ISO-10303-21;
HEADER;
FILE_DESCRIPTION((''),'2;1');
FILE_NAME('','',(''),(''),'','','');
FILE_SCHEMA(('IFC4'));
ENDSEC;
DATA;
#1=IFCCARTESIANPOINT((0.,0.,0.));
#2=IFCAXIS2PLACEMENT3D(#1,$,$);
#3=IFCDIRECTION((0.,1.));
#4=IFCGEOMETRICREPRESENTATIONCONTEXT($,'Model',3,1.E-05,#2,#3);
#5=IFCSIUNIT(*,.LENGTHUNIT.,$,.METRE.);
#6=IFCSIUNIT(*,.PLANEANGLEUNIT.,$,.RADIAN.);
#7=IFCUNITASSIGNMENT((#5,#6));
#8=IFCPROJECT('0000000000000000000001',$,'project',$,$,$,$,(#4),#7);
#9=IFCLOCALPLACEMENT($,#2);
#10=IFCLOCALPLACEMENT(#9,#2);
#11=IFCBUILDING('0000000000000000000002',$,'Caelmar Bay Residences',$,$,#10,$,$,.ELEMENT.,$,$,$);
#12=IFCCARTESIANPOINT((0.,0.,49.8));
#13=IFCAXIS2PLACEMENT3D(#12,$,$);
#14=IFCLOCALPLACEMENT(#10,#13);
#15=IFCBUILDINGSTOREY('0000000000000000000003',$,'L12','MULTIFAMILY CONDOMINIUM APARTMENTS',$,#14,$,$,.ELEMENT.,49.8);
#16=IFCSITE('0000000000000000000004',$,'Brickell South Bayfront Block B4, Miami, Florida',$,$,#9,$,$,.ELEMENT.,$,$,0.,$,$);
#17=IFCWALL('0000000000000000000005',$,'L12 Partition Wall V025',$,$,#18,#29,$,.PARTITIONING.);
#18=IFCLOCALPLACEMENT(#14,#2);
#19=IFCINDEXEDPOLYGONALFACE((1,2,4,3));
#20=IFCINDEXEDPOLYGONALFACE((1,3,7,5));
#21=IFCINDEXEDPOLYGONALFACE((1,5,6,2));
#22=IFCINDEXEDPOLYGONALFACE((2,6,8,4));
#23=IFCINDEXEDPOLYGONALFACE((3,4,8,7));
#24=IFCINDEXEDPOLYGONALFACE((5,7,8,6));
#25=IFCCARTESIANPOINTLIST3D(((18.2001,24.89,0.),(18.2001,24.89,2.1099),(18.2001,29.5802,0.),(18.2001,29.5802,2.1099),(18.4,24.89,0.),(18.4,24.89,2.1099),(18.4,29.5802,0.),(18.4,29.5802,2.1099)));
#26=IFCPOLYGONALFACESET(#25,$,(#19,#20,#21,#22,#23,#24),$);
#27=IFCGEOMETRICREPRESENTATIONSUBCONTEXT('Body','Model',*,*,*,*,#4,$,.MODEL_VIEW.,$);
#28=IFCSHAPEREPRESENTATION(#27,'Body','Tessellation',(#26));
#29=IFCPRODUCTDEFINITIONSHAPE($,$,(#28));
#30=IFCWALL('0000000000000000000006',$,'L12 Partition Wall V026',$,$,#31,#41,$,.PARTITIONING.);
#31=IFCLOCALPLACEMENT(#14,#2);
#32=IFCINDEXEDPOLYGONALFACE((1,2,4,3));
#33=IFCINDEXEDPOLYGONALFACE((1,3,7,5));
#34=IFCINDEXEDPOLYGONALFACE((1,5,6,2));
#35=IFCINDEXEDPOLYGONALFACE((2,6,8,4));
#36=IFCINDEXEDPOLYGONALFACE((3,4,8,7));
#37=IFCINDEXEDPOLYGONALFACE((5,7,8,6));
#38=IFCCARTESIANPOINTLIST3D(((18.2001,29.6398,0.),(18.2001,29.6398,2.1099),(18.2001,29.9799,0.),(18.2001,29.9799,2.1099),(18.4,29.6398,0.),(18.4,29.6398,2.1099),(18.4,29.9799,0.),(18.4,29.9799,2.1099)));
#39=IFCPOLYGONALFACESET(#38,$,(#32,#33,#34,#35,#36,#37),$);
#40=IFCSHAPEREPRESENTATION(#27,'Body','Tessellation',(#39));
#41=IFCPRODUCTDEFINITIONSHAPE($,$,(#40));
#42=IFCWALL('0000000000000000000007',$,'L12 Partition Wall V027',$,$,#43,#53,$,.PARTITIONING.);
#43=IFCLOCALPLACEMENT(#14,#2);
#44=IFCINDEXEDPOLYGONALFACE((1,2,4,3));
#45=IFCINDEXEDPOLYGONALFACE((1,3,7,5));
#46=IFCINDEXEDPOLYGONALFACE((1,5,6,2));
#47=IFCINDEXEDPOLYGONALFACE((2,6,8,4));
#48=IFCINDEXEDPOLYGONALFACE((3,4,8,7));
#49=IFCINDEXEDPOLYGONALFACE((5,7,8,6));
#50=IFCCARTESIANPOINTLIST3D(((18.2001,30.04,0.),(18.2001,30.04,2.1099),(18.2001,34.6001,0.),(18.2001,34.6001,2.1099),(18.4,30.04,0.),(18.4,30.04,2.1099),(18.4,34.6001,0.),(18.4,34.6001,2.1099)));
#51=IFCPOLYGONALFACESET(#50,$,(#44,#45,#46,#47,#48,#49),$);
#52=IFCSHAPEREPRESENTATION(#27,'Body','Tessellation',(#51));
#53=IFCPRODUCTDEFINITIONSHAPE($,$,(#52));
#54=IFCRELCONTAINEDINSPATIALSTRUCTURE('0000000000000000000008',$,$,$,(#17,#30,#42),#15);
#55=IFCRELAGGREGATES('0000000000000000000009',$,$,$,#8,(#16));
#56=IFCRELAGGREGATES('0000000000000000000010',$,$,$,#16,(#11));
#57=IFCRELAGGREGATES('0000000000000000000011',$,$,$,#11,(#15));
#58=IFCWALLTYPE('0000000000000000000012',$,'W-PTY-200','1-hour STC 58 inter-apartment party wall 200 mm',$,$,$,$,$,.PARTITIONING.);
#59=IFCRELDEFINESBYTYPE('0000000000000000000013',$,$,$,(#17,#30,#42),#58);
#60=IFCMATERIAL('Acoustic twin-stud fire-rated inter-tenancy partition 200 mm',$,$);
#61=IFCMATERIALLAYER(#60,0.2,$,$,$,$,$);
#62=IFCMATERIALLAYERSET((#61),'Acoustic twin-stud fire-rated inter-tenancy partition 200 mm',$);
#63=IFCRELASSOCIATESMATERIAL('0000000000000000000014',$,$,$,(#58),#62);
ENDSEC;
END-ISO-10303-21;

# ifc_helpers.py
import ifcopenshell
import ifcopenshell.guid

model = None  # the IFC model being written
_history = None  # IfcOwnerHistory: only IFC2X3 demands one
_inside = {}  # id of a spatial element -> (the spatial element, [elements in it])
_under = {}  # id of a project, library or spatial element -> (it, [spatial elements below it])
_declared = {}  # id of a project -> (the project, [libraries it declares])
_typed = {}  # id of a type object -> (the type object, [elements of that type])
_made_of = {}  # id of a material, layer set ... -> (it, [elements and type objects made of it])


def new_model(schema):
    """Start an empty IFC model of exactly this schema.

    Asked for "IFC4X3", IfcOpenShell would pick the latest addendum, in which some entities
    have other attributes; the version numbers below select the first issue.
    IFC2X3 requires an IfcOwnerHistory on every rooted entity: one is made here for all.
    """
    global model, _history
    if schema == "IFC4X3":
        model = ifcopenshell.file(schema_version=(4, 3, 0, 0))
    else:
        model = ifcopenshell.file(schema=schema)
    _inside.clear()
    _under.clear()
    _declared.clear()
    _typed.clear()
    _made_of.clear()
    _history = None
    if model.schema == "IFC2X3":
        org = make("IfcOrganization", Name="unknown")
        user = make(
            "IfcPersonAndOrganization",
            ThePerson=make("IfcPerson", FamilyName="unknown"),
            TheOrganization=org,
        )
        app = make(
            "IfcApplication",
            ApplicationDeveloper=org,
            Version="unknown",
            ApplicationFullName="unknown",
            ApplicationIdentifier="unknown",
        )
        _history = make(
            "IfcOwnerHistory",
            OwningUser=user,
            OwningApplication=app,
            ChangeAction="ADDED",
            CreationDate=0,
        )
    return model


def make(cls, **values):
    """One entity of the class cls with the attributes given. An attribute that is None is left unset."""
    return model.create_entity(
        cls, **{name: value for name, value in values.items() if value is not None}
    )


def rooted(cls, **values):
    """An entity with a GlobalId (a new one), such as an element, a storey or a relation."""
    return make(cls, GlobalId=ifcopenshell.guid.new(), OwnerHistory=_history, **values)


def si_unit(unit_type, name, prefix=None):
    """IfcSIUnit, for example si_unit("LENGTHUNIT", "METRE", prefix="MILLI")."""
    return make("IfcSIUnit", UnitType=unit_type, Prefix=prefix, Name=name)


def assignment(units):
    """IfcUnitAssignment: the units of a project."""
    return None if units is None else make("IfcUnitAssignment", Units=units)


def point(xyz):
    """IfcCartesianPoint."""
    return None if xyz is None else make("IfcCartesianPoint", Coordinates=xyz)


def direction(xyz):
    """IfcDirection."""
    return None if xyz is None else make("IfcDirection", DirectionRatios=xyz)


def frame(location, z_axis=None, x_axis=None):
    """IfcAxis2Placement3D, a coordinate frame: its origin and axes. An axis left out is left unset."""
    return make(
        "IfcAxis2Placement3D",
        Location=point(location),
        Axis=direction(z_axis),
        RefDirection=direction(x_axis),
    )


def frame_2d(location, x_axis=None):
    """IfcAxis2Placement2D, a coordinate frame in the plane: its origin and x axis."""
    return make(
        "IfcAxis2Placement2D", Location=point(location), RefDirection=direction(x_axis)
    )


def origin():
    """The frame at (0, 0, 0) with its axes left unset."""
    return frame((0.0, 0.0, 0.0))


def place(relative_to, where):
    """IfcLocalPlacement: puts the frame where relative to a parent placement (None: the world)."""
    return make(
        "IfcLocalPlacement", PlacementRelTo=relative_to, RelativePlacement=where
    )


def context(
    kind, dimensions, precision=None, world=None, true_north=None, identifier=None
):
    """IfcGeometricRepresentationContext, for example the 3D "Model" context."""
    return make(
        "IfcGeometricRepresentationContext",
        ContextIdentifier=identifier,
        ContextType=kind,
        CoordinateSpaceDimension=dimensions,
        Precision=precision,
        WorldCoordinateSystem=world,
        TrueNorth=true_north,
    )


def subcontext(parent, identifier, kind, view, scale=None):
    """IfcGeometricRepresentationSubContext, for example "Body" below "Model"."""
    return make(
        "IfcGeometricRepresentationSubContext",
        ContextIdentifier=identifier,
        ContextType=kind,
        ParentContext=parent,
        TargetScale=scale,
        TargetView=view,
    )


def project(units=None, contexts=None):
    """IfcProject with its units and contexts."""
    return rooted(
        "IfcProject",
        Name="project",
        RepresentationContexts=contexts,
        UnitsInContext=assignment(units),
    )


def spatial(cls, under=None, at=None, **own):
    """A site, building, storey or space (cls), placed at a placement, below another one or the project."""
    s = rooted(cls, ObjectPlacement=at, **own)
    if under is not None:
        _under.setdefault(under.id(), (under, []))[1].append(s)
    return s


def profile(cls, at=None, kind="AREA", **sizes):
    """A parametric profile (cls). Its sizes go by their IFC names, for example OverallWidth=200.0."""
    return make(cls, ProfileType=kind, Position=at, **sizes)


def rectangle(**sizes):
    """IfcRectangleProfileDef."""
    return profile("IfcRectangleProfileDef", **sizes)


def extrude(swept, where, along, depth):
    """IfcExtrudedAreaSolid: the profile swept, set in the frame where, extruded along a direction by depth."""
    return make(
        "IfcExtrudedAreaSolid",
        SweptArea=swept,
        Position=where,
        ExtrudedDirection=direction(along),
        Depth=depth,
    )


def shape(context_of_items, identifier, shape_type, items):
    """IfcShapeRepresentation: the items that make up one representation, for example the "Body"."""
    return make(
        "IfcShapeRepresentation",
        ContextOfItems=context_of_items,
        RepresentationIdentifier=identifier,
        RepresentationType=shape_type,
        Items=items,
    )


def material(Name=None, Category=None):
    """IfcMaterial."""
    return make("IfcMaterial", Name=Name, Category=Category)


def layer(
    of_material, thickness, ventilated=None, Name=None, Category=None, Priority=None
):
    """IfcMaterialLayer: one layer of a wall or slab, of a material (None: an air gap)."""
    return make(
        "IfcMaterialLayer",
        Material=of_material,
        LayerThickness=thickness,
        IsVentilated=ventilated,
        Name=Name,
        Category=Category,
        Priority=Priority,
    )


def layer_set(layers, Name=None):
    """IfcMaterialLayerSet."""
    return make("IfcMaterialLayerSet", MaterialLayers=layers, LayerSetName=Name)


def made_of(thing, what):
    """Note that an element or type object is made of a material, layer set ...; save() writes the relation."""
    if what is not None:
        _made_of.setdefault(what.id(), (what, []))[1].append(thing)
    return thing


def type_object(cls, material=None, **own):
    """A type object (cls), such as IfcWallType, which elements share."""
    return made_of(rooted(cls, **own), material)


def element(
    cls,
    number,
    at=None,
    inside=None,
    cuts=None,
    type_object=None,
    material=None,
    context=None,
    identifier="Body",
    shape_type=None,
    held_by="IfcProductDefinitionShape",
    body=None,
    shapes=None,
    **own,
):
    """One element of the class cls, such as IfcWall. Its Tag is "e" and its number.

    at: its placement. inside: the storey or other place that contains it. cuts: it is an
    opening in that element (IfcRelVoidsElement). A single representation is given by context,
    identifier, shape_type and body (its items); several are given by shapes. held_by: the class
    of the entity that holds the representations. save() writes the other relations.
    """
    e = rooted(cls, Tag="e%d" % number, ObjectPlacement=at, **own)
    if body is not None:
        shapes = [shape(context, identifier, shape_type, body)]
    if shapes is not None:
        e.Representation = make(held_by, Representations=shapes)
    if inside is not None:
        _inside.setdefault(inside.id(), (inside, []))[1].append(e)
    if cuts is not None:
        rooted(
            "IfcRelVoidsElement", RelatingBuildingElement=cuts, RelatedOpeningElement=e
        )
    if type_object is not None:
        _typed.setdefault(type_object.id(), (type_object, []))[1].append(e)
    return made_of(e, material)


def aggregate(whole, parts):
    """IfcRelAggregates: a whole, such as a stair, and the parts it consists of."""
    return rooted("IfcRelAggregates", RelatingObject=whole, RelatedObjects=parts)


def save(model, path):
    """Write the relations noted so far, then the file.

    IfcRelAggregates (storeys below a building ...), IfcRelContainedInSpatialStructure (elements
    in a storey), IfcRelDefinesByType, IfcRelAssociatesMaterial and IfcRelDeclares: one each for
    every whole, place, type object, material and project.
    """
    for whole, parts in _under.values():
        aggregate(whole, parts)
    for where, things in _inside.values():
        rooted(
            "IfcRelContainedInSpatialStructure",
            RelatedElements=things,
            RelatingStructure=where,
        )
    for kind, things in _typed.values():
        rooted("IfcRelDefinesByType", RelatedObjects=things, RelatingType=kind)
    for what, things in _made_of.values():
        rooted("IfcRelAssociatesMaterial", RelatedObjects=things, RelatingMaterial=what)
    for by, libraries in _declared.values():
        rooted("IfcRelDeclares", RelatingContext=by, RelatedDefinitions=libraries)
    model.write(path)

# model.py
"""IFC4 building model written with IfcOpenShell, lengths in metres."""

from ifc_helpers import new_model, si_unit, direction, frame, frame_2d, origin, place, context, subcontext, project, spatial, rectangle, extrude, material, layer, layer_set, type_object, element, save


model = new_model("IFC4")

# Units and contexts
model_context = context("Model", 3, precision=1e-05, world=origin(), true_north=direction((0.0, 1.0)))
body_context = subcontext(model_context, "Body", "Model", "MODEL_VIEW")
ifc_project = project(units=[si_unit("LENGTHUNIT", "METRE"), si_unit("PLANEANGLEUNIT", "RADIAN")], contexts=[model_context])

# Site, building, storey
site_placement = place(None, origin())
site = spatial("IfcSite", under=ifc_project, at=site_placement, Name="Brickell South Bayfront Block B4, Miami, Florida", CompositionType="ELEMENT", RefElevation=0.0)
building_placement = place(site_placement, origin())
building = spatial("IfcBuilding", under=site, at=building_placement, Name="Caelmar Bay Residences", CompositionType="ELEMENT")
storey_placement = place(building_placement, frame((0.0, 0.0, 49.8)))
storey = spatial("IfcBuildingStorey", under=building, at=storey_placement, Name="L12", Description="MULTIFAMILY CONDOMINIUM APARTMENTS", CompositionType="ELEMENT", Elevation=49.8)

# Walls
ifc_material_1 = material(Name="Acoustic twin-stud fire-rated inter-tenancy partition 200 mm")
ifc_layer_1 = layer(ifc_material_1, 0.2)
ifc_layer_set_1 = layer_set([ifc_layer_1], Name="Acoustic twin-stud fire-rated inter-tenancy partition 200 mm")
wall_type_1 = type_object("IfcWallType", Name="W-PTY-200", Description="1-hour STC 58 inter-apartment party wall 200 mm", PredefinedType="PARTITIONING", material=ifc_layer_set_1)
wall_1_placement = place(storey_placement, frame((18.3, 24.8899, 0.0), z_axis=(0.0, 0.0, 1.0), x_axis=(0.0, 1.0, 0.0)))
element("IfcWall", 1, at=wall_1_placement, inside=storey, type_object=wall_type_1, Name="L12 Partition Wall V025", PredefinedType="PARTITIONING", context=body_context, shape_type="SweptSolid", body=[
    extrude(rectangle(XDim=4.6902, YDim=0.2, at=frame_2d((2.3452, 0.0))), origin(), (0.0, 0.0, 1.0), 2.1099),
])
wall_2_placement = place(storey_placement, frame((18.3, 29.6399, 0.0), z_axis=(0.0, 0.0, 1.0), x_axis=(0.0, 1.0, 0.0)))
element("IfcWall", 2, at=wall_2_placement, inside=storey, type_object=wall_type_1, Name="L12 Partition Wall V026", PredefinedType="PARTITIONING", context=body_context, shape_type="SweptSolid", body=[
    extrude(rectangle(XDim=0.3401, YDim=0.2, at=frame_2d((0.1699, 0.0))), origin(), (0.0, 0.0, 1.0), 2.1099),
])
wall_3_placement = place(storey_placement, frame((18.3, 30.04, 0.0), z_axis=(0.0, 0.0, 1.0), x_axis=(0.0, 1.0, 0.0)))
element("IfcWall", 3, at=wall_3_placement, inside=storey, type_object=wall_type_1, Name="L12 Partition Wall V027", PredefinedType="PARTITIONING", context=body_context, shape_type="SweptSolid", body=[
    extrude(rectangle(XDim=4.5601, YDim=0.2, at=frame_2d((2.28, 0.0))), origin(), (0.0, 0.0, 1.0), 2.1099),
])

save(model, "model.ifc")
